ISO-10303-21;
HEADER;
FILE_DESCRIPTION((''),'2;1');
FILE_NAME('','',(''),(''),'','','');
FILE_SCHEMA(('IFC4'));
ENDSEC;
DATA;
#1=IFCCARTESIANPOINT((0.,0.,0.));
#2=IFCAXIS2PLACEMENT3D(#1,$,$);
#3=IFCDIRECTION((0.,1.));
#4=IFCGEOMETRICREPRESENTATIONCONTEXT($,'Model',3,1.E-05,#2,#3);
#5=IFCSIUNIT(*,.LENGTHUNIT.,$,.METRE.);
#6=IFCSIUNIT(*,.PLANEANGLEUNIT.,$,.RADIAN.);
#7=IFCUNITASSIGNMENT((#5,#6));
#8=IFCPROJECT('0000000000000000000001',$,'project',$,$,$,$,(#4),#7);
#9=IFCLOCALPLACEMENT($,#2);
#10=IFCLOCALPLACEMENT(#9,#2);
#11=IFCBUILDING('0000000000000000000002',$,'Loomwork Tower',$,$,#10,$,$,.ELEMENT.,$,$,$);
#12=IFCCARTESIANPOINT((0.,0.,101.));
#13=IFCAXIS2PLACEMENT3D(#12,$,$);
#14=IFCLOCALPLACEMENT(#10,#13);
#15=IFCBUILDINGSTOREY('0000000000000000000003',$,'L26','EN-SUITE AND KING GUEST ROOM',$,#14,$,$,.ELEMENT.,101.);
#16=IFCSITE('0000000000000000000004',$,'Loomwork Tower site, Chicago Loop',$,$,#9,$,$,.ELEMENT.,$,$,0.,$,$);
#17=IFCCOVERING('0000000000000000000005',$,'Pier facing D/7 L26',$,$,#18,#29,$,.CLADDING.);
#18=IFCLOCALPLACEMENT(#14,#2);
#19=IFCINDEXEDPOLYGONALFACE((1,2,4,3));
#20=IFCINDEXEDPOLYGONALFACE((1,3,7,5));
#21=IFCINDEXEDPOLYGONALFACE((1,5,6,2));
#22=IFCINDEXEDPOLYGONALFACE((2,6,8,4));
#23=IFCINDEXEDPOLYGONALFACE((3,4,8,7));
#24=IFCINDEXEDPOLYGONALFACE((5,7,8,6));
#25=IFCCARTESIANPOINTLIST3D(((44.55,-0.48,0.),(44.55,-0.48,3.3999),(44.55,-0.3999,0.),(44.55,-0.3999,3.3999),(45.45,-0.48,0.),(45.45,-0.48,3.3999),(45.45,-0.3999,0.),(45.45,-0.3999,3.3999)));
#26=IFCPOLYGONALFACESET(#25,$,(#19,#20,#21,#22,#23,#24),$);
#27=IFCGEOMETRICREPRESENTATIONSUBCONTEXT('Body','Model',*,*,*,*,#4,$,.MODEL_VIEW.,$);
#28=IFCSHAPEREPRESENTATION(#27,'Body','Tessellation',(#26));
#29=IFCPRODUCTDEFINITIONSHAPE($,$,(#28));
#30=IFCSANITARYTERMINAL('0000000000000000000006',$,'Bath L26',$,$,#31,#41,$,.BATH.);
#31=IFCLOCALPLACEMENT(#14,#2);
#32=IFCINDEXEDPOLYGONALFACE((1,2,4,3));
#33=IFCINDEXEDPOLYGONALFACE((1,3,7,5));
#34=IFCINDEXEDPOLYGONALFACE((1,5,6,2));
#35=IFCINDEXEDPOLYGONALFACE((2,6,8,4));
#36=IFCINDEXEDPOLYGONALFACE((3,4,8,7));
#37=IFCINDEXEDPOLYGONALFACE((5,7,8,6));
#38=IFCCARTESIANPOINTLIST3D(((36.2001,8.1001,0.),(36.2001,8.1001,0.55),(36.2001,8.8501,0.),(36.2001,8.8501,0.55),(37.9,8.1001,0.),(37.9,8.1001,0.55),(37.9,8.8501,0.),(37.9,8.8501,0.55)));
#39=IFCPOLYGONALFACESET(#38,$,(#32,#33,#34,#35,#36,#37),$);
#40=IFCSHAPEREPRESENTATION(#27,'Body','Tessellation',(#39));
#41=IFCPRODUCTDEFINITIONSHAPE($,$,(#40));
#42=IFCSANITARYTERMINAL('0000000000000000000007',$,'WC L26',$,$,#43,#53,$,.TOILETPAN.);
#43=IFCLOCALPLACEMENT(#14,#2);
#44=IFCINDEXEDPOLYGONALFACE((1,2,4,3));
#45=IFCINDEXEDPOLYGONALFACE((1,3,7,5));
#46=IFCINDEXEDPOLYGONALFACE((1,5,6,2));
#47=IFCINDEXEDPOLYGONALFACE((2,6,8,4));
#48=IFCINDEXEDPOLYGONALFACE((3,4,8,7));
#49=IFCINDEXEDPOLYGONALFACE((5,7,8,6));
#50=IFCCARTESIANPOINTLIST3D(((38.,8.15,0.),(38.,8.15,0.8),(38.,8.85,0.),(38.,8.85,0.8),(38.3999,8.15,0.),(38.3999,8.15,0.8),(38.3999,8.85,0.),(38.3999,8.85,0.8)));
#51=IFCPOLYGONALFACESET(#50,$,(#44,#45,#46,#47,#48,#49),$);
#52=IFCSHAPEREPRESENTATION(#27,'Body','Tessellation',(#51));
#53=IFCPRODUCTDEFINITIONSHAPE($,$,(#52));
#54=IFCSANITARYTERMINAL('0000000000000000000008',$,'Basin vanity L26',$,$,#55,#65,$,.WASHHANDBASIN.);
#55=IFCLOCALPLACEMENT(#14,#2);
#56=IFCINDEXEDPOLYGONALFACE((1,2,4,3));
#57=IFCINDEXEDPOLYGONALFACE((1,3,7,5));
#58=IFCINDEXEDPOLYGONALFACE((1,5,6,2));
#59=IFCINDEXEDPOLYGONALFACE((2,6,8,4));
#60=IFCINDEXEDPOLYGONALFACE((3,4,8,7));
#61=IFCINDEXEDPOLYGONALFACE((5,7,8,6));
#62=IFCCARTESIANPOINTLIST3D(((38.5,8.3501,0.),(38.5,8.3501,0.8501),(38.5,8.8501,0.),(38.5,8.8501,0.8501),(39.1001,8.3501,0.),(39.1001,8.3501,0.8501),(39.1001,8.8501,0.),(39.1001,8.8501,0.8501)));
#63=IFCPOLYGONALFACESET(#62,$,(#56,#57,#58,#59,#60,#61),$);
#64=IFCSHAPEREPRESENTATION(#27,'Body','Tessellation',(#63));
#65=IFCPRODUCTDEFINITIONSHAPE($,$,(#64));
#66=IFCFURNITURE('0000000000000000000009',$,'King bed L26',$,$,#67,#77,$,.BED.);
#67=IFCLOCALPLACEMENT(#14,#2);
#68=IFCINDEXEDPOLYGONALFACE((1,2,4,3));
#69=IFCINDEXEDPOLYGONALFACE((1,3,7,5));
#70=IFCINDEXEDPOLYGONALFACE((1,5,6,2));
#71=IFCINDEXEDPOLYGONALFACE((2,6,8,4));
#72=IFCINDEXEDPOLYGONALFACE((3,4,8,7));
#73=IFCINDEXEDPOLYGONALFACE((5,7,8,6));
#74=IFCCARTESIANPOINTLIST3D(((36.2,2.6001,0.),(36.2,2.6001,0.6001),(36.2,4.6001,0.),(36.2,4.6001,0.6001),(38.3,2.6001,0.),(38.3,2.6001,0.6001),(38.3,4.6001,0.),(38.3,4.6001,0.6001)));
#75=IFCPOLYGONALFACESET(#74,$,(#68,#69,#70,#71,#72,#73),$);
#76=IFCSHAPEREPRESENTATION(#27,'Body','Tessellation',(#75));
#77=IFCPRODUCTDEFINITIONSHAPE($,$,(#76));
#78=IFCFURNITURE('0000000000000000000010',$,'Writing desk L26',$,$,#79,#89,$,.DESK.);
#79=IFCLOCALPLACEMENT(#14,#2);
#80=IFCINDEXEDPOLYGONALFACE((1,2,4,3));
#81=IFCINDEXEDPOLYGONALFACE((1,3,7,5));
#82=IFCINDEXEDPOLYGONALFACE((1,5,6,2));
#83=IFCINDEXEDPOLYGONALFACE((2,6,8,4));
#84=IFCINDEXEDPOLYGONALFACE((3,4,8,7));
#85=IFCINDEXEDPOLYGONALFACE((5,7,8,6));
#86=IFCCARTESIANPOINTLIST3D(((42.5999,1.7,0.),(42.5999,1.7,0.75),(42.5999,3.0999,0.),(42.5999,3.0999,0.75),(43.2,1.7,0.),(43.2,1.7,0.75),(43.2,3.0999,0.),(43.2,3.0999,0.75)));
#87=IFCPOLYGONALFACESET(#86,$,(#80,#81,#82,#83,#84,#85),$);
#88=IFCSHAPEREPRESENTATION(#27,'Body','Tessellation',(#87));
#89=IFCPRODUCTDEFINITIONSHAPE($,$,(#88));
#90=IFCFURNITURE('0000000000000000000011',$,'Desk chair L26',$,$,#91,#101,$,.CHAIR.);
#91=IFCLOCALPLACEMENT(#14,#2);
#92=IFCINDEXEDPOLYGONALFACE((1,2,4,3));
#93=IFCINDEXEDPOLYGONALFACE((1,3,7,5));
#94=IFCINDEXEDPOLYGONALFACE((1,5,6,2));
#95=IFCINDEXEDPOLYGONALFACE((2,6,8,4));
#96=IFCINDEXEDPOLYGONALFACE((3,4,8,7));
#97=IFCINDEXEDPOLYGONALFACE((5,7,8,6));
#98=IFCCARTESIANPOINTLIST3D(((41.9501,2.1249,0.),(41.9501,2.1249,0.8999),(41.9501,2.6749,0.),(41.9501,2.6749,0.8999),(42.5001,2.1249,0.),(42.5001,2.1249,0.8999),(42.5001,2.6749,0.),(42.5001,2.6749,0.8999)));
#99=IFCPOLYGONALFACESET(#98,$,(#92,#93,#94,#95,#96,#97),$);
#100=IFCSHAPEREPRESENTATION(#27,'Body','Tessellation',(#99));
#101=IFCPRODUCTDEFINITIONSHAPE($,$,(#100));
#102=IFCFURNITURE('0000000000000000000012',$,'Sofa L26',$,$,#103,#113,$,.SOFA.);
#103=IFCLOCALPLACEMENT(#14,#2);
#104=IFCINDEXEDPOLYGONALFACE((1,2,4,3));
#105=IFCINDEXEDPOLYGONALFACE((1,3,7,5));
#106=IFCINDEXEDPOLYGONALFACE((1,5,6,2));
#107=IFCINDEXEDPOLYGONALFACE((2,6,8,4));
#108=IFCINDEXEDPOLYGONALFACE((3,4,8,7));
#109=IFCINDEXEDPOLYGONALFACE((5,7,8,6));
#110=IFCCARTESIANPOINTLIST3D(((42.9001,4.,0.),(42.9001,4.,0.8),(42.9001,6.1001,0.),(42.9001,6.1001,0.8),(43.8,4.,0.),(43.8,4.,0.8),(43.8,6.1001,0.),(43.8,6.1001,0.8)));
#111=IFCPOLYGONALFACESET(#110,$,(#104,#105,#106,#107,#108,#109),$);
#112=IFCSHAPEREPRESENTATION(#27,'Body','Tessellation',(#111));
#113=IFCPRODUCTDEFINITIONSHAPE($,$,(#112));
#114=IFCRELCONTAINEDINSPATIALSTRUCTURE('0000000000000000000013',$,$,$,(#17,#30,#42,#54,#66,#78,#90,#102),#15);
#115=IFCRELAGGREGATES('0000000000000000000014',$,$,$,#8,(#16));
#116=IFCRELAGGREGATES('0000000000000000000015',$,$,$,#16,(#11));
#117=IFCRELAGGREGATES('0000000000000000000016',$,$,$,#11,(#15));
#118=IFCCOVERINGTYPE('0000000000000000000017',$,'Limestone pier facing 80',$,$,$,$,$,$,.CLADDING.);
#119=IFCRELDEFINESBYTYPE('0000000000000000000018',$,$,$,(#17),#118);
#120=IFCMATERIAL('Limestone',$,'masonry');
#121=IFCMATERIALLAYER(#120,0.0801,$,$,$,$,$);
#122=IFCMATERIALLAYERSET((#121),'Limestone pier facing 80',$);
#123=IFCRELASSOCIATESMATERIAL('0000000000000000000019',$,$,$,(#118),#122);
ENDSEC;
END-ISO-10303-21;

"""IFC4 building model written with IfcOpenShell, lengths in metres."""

from ifc_helpers import new_model, si_unit, direction, frame, origin, origin_2d, place, context, subcontext, project, spatial, rectangle, extrude, material, layer, layer_set, type_object, element, save


model = new_model("IFC4")

# Units and contexts
model_context = context("Model", 3, precision=1e-05, world=origin(), true_north=direction((0.0, 1.0)))
body_context = subcontext(model_context, "Body", "Model", "MODEL_VIEW")
ifc_project = project(units=[si_unit("LENGTHUNIT", "METRE"), si_unit("PLANEANGLEUNIT", "RADIAN")], contexts=[model_context])

# Site, building, storey
site_placement = place(None, origin())
site = spatial("IfcSite", under=ifc_project, at=site_placement, Name="Loomwork Tower site, Chicago Loop", CompositionType="ELEMENT", RefElevation=0.0)
building_placement = place(site_placement, origin())
building = spatial("IfcBuilding", under=site, at=building_placement, Name="Loomwork Tower", CompositionType="ELEMENT")
storey_placement = place(building_placement, frame((0.0, 0.0, 101.0)))
storey = spatial("IfcBuildingStorey", under=building, at=storey_placement, Name="L26", Description="EN-SUITE AND KING GUEST ROOM", CompositionType="ELEMENT", Elevation=101.0)

# Covering
ifc_material_1 = material(Name="Limestone", Category="masonry")
ifc_layer_1 = layer(ifc_material_1, 0.0801)
ifc_layer_set_1 = layer_set([ifc_layer_1], Name="Limestone pier facing 80")
covering_type = type_object("IfcCoveringType", Name="Limestone pier facing 80", PredefinedType="CLADDING", material=ifc_layer_set_1)
covering_placement = place(storey_placement, frame((45.0, -0.4399, 0.0), z_axis=(0.0, 0.0, 1.0), x_axis=(1.0, 0.0, 0.0)))
element("IfcCovering", 1, at=covering_placement, inside=storey, type_object=covering_type, Name="Pier facing D/7 L26", PredefinedType="CLADDING", context=body_context, shape_type="SweptSolid", body=[
    extrude(rectangle(XDim=0.8999, YDim=0.0801, at=origin_2d()), origin(), (0.0, 0.0, 1.0), 3.3999),
])

# Sanitary terminals
sanitary_terminal_1_placement = place(storey_placement, frame((37.05, 8.4751, 0.0), z_axis=(0.0, 0.0, 1.0), x_axis=(1.0, 0.0, 0.0)))
element("IfcSanitaryTerminal", 2, at=sanitary_terminal_1_placement, inside=storey, Name="Bath L26", PredefinedType="BATH", context=body_context, shape_type="SweptSolid", body=[
    extrude(rectangle(XDim=1.7, YDim=0.75, at=origin_2d()), origin(), (0.0, 0.0, 1.0), 0.55),
])
sanitary_terminal_2_placement = place(storey_placement, frame((38.2, 8.5, 0.0), z_axis=(0.0, 0.0, 1.0), x_axis=(1.0, 0.0, 0.0)))
element("IfcSanitaryTerminal", 3, at=sanitary_terminal_2_placement, inside=storey, Name="WC L26", PredefinedType="TOILETPAN", context=body_context, shape_type="SweptSolid", body=[
    extrude(rectangle(XDim=0.3999, YDim=0.7, at=origin_2d()), origin(), (0.0, 0.0, 1.0), 0.8),
])
sanitary_terminal_3_placement = place(storey_placement, frame((38.8, 8.6001, 0.0), z_axis=(0.0, 0.0, 1.0), x_axis=(1.0, 0.0, 0.0)))
element("IfcSanitaryTerminal", 4, at=sanitary_terminal_3_placement, inside=storey, Name="Basin vanity L26", PredefinedType="WASHHANDBASIN", context=body_context, shape_type="SweptSolid", body=[
    extrude(rectangle(XDim=0.6001, YDim=0.5, at=origin_2d()), origin(), (0.0, 0.0, 1.0), 0.8501),
])

# Furniture
furniture_1_placement = place(storey_placement, frame((37.25, 3.6001, 0.0), z_axis=(0.0, 0.0, 1.0), x_axis=(1.0, 0.0, 0.0)))
element("IfcFurniture", 5, at=furniture_1_placement, inside=storey, Name="King bed L26", PredefinedType="BED", context=body_context, shape_type="SweptSolid", body=[
    extrude(rectangle(XDim=2.1001, YDim=2.0, at=origin_2d()), origin(), (0.0, 0.0, 1.0), 0.6001),
])
furniture_2_placement = place(storey_placement, frame((42.8999, 2.3999, 0.0), z_axis=(0.0, 0.0, 1.0), x_axis=(1.0, 0.0, 0.0)))
element("IfcFurniture", 6, at=furniture_2_placement, inside=storey, Name="Writing desk L26", PredefinedType="DESK", context=body_context, shape_type="SweptSolid", body=[
    extrude(rectangle(XDim=0.6001, YDim=1.3999, at=origin_2d()), origin(), (0.0, 0.0, 1.0), 0.75),
])
furniture_3_placement = place(storey_placement, frame((42.2251, 2.3999, 0.0), z_axis=(0.0, 0.0, 1.0), x_axis=(1.0, 0.0, 0.0)))
element("IfcFurniture", 7, at=furniture_3_placement, inside=storey, Name="Desk chair L26", PredefinedType="CHAIR", context=body_context, shape_type="SweptSolid", body=[
    extrude(rectangle(XDim=0.55, YDim=0.55, at=origin_2d()), origin(), (0.0, 0.0, 1.0), 0.8999),
])
furniture_4_placement = place(storey_placement, frame((43.3501, 5.05, 0.0), z_axis=(0.0, 0.0, 1.0), x_axis=(1.0, 0.0, 0.0)))
element("IfcFurniture", 8, at=furniture_4_placement, inside=storey, Name="Sofa L26", PredefinedType="SOFA", context=body_context, shape_type="SweptSolid", body=[
    extrude(rectangle(XDim=0.8999, YDim=2.1001, at=origin_2d()), origin(), (0.0, 0.0, 1.0), 0.8),
])

save(model, "model.ifc")
